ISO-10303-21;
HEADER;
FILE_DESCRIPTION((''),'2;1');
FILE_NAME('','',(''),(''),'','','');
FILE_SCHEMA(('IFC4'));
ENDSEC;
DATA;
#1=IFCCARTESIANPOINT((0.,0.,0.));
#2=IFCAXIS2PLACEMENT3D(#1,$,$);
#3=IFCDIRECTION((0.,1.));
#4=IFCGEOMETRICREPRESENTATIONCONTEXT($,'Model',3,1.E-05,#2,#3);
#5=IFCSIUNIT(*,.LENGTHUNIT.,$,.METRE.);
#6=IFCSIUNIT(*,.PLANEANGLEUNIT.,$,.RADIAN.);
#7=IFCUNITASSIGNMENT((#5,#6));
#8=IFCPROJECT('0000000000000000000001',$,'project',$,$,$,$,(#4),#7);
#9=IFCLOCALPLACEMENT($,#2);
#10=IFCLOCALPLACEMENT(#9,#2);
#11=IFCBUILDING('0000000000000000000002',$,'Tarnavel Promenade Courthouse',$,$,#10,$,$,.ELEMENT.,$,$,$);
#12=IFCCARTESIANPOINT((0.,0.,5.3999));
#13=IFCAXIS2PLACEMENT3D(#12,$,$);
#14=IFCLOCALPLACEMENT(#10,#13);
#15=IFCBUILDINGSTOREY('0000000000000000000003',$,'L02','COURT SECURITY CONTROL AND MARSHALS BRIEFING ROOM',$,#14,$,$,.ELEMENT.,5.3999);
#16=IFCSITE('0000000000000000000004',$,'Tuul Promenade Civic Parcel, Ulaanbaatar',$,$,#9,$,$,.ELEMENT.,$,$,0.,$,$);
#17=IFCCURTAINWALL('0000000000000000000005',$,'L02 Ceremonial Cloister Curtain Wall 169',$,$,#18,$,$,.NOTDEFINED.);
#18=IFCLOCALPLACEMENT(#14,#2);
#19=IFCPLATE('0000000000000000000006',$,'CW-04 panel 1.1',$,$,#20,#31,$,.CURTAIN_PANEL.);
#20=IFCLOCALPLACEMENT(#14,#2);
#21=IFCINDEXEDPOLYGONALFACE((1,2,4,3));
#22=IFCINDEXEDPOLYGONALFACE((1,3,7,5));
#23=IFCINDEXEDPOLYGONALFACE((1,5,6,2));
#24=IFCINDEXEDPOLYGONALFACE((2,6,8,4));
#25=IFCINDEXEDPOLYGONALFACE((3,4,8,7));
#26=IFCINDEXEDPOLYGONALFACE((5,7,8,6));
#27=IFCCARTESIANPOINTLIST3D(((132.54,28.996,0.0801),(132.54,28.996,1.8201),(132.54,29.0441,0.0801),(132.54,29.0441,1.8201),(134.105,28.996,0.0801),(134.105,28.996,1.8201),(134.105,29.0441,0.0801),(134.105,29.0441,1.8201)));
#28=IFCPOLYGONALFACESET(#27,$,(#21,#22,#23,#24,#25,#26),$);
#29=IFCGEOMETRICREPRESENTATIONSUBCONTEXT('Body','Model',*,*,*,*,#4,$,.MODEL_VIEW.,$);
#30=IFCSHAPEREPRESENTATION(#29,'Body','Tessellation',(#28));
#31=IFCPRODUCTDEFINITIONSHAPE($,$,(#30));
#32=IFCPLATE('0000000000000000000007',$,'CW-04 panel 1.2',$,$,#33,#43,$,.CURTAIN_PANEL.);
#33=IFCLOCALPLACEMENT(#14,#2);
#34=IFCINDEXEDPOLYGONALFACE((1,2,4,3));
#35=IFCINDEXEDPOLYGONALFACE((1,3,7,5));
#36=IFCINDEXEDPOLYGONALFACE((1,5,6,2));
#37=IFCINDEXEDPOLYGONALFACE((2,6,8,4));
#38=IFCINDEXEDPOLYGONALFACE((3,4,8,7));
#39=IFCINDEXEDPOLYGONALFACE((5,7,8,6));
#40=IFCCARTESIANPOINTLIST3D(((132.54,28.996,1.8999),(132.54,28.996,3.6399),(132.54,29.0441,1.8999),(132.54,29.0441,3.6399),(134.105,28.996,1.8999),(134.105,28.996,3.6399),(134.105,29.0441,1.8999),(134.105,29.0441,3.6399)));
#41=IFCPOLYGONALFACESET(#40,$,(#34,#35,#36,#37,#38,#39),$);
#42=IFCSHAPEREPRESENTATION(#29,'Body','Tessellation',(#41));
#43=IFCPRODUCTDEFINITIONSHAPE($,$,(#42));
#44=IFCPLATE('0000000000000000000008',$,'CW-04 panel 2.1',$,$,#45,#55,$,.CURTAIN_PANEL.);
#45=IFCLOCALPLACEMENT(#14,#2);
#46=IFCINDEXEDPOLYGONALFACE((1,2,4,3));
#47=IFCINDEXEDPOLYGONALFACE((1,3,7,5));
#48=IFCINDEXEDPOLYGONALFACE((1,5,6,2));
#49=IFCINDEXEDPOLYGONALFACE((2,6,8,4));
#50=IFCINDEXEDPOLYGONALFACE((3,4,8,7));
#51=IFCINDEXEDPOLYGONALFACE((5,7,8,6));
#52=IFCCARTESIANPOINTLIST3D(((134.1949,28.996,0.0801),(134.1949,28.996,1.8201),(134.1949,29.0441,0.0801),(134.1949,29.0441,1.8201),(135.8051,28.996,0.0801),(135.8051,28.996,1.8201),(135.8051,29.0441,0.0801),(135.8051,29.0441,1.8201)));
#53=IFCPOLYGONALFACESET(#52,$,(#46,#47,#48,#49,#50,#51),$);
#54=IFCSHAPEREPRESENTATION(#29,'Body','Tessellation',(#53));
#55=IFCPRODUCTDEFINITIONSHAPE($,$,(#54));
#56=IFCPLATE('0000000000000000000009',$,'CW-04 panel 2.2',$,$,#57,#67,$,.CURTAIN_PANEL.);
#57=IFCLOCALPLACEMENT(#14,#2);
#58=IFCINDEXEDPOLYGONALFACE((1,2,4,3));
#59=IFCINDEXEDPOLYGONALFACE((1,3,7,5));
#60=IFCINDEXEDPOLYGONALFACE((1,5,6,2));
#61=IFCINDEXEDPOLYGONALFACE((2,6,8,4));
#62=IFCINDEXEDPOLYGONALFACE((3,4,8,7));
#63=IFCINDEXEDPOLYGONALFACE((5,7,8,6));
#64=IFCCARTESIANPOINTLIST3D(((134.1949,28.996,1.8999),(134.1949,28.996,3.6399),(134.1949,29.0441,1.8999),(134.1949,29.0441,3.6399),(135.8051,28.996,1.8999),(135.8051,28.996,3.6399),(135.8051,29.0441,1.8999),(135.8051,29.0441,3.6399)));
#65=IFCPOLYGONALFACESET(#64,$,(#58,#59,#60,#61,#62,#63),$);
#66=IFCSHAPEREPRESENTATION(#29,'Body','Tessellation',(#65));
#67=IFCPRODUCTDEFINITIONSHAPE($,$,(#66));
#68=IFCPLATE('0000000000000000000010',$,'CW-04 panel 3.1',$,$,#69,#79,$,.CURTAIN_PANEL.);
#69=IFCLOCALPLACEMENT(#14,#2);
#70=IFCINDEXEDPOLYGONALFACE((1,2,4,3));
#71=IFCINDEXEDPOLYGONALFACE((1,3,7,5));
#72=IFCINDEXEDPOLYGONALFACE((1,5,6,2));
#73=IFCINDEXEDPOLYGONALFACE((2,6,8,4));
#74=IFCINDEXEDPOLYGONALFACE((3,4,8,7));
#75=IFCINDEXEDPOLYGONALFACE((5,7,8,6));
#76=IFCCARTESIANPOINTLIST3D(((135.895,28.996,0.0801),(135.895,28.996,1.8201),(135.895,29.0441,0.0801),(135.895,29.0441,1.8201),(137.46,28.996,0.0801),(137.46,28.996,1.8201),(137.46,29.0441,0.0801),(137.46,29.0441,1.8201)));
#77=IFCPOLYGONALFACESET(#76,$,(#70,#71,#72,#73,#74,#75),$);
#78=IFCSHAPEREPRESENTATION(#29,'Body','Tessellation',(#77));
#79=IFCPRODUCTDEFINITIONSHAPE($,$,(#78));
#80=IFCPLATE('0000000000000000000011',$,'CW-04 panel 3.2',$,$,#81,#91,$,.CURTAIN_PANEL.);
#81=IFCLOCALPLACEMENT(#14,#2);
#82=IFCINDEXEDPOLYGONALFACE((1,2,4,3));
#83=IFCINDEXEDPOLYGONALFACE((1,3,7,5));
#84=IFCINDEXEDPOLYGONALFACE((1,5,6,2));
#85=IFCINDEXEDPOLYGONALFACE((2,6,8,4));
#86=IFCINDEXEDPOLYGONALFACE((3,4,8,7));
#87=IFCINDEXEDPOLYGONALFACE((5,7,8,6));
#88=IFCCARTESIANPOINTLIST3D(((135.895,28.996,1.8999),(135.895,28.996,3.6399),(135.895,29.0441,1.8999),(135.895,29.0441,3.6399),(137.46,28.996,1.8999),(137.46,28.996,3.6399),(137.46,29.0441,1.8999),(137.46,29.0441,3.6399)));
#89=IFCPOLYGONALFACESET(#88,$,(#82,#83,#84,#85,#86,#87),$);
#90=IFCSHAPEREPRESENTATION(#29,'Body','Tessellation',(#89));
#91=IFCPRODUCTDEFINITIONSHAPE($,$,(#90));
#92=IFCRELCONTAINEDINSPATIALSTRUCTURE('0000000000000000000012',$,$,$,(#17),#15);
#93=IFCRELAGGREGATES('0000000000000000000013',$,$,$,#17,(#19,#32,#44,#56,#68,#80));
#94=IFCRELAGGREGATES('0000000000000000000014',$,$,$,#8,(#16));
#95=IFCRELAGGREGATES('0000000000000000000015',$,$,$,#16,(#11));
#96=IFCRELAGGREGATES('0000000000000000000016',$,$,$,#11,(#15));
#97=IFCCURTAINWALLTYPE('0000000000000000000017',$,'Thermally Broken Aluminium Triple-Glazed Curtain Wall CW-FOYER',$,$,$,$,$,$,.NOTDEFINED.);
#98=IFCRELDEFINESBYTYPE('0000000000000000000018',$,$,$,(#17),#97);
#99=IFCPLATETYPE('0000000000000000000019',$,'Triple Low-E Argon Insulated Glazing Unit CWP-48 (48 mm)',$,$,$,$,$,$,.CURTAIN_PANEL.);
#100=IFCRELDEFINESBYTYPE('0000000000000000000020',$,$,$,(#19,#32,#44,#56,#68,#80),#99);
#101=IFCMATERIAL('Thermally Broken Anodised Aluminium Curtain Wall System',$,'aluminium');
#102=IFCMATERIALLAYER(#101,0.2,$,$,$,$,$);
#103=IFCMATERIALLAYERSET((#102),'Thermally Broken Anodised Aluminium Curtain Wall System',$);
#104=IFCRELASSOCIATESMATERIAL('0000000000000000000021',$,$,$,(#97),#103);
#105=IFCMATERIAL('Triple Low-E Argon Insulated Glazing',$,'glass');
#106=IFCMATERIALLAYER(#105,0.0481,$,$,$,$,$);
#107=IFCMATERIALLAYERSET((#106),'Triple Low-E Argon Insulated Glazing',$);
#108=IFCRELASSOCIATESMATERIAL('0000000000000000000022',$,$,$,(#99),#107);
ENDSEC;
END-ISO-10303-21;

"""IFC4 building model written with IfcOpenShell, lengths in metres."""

from ifc_helpers import new_model, si_unit, direction, frame, origin, origin_2d, place, context, subcontext, project, spatial, rectangle, extrude, material, layer, layer_set, type_object, element, aggregate, save


model = new_model("IFC4")

# Units and contexts
model_context = context("Model", 3, precision=1e-05, world=origin(), true_north=direction((0.0, 1.0)))
body_context = subcontext(model_context, "Body", "Model", "MODEL_VIEW")
ifc_project = project(units=[si_unit("LENGTHUNIT", "METRE"), si_unit("PLANEANGLEUNIT", "RADIAN")], contexts=[model_context])

# Site, building, storey
site_placement = place(None, origin())
site = spatial("IfcSite", under=ifc_project, at=site_placement, Name="Tuul Promenade Civic Parcel, Ulaanbaatar", CompositionType="ELEMENT", RefElevation=0.0)
building_placement = place(site_placement, origin())
building = spatial("IfcBuilding", under=site, at=building_placement, Name="Tarnavel Promenade Courthouse", CompositionType="ELEMENT")
storey_placement = place(building_placement, frame((0.0, 0.0, 5.3999)))
storey = spatial("IfcBuildingStorey", under=building, at=storey_placement, Name="L02", Description="COURT SECURITY CONTROL AND MARSHALS BRIEFING ROOM", CompositionType="ELEMENT", Elevation=5.3999)

# Curtain wall
ifc_material_1 = material(Name="Thermally Broken Anodised Aluminium Curtain Wall System", Category="aluminium")
ifc_layer_1 = layer(ifc_material_1, 0.2)
ifc_layer_set_1 = layer_set([ifc_layer_1], Name="Thermally Broken Anodised Aluminium Curtain Wall System")
curtain_wall_type = type_object("IfcCurtainWallType", Name="Thermally Broken Aluminium Triple-Glazed Curtain Wall CW-FOYER", PredefinedType="NOTDEFINED", material=ifc_layer_set_1)
curtain_wall_1_placement = place(storey_placement, origin())
curtain_wall_1 = element("IfcCurtainWall", 1, at=curtain_wall_1_placement, inside=storey, type_object=curtain_wall_type, Name="L02 Ceremonial Cloister Curtain Wall 169", PredefinedType="NOTDEFINED")

# Plates
ifc_material_2 = material(Name="Triple Low-E Argon Insulated Glazing", Category="glass")
ifc_layer_2 = layer(ifc_material_2, 0.0481)
ifc_layer_set_2 = layer_set([ifc_layer_2], Name="Triple Low-E Argon Insulated Glazing")
plate_type = type_object("IfcPlateType", Name="Triple Low-E Argon Insulated Glazing Unit CWP-48 (48 mm)", PredefinedType="CURTAIN_PANEL", material=ifc_layer_set_2)
plate_1_placement = place(storey_placement, frame((133.3225, 29.02, 0.0801), z_axis=(0.0, 0.0, 1.0), x_axis=(1.0, 0.0, 0.0)))
plate_1 = element("IfcPlate", 2, at=plate_1_placement, type_object=plate_type, Name="CW-04 panel 1.1", PredefinedType="CURTAIN_PANEL", context=body_context, shape_type="SweptSolid", body=[
    extrude(rectangle(XDim=1.5649, YDim=0.0481, at=origin_2d()), origin(), (0.0, 0.0, 1.0), 1.74),
])
plate_2_placement = place(storey_placement, frame((133.3225, 29.02, 1.8999), z_axis=(0.0, 0.0, 1.0), x_axis=(1.0, 0.0, 0.0)))
plate_2 = element("IfcPlate", 3, at=plate_2_placement, type_object=plate_type, Name="CW-04 panel 1.2", PredefinedType="CURTAIN_PANEL", context=body_context, shape_type="SweptSolid", body=[
    extrude(rectangle(XDim=1.5649, YDim=0.0481, at=origin_2d()), origin(), (0.0, 0.0, 1.0), 1.74),
])
plate_3_placement = place(storey_placement, frame((135.0, 29.02, 0.0801), z_axis=(0.0, 0.0, 1.0), x_axis=(1.0, 0.0, 0.0)))
plate_3 = element("IfcPlate", 4, at=plate_3_placement, type_object=plate_type, Name="CW-04 panel 2.1", PredefinedType="CURTAIN_PANEL", context=body_context, shape_type="SweptSolid", body=[
    extrude(rectangle(XDim=1.6101, YDim=0.0481, at=origin_2d()), origin(), (0.0, 0.0, 1.0), 1.74),
])
plate_4_placement = place(storey_placement, frame((135.0, 29.02, 1.8999), z_axis=(0.0, 0.0, 1.0), x_axis=(1.0, 0.0, 0.0)))
plate_4 = element("IfcPlate", 5, at=plate_4_placement, type_object=plate_type, Name="CW-04 panel 2.2", PredefinedType="CURTAIN_PANEL", context=body_context, shape_type="SweptSolid", body=[
    extrude(rectangle(XDim=1.6101, YDim=0.0481, at=origin_2d()), origin(), (0.0, 0.0, 1.0), 1.74),
])
plate_5_placement = place(storey_placement, frame((136.6775, 29.02, 0.0801), z_axis=(0.0, 0.0, 1.0), x_axis=(1.0, 0.0, 0.0)))
plate_5 = element("IfcPlate", 6, at=plate_5_placement, type_object=plate_type, Name="CW-04 panel 3.1", PredefinedType="CURTAIN_PANEL", context=body_context, shape_type="SweptSolid", body=[
    extrude(rectangle(XDim=1.5649, YDim=0.0481, at=origin_2d()), origin(), (0.0, 0.0, 1.0), 1.74),
])
plate_6_placement = place(storey_placement, frame((136.6775, 29.02, 1.8999), z_axis=(0.0, 0.0, 1.0), x_axis=(1.0, 0.0, 0.0)))
plate_6 = element("IfcPlate", 7, at=plate_6_placement, type_object=plate_type, Name="CW-04 panel 3.2", PredefinedType="CURTAIN_PANEL", context=body_context, shape_type="SweptSolid", body=[
    extrude(rectangle(XDim=1.5649, YDim=0.0481, at=origin_2d()), origin(), (0.0, 0.0, 1.0), 1.74),
])
aggregate(curtain_wall_1, [plate_1, plate_2, plate_3, plate_4, plate_5, plate_6])

save(model, "model.ifc")
